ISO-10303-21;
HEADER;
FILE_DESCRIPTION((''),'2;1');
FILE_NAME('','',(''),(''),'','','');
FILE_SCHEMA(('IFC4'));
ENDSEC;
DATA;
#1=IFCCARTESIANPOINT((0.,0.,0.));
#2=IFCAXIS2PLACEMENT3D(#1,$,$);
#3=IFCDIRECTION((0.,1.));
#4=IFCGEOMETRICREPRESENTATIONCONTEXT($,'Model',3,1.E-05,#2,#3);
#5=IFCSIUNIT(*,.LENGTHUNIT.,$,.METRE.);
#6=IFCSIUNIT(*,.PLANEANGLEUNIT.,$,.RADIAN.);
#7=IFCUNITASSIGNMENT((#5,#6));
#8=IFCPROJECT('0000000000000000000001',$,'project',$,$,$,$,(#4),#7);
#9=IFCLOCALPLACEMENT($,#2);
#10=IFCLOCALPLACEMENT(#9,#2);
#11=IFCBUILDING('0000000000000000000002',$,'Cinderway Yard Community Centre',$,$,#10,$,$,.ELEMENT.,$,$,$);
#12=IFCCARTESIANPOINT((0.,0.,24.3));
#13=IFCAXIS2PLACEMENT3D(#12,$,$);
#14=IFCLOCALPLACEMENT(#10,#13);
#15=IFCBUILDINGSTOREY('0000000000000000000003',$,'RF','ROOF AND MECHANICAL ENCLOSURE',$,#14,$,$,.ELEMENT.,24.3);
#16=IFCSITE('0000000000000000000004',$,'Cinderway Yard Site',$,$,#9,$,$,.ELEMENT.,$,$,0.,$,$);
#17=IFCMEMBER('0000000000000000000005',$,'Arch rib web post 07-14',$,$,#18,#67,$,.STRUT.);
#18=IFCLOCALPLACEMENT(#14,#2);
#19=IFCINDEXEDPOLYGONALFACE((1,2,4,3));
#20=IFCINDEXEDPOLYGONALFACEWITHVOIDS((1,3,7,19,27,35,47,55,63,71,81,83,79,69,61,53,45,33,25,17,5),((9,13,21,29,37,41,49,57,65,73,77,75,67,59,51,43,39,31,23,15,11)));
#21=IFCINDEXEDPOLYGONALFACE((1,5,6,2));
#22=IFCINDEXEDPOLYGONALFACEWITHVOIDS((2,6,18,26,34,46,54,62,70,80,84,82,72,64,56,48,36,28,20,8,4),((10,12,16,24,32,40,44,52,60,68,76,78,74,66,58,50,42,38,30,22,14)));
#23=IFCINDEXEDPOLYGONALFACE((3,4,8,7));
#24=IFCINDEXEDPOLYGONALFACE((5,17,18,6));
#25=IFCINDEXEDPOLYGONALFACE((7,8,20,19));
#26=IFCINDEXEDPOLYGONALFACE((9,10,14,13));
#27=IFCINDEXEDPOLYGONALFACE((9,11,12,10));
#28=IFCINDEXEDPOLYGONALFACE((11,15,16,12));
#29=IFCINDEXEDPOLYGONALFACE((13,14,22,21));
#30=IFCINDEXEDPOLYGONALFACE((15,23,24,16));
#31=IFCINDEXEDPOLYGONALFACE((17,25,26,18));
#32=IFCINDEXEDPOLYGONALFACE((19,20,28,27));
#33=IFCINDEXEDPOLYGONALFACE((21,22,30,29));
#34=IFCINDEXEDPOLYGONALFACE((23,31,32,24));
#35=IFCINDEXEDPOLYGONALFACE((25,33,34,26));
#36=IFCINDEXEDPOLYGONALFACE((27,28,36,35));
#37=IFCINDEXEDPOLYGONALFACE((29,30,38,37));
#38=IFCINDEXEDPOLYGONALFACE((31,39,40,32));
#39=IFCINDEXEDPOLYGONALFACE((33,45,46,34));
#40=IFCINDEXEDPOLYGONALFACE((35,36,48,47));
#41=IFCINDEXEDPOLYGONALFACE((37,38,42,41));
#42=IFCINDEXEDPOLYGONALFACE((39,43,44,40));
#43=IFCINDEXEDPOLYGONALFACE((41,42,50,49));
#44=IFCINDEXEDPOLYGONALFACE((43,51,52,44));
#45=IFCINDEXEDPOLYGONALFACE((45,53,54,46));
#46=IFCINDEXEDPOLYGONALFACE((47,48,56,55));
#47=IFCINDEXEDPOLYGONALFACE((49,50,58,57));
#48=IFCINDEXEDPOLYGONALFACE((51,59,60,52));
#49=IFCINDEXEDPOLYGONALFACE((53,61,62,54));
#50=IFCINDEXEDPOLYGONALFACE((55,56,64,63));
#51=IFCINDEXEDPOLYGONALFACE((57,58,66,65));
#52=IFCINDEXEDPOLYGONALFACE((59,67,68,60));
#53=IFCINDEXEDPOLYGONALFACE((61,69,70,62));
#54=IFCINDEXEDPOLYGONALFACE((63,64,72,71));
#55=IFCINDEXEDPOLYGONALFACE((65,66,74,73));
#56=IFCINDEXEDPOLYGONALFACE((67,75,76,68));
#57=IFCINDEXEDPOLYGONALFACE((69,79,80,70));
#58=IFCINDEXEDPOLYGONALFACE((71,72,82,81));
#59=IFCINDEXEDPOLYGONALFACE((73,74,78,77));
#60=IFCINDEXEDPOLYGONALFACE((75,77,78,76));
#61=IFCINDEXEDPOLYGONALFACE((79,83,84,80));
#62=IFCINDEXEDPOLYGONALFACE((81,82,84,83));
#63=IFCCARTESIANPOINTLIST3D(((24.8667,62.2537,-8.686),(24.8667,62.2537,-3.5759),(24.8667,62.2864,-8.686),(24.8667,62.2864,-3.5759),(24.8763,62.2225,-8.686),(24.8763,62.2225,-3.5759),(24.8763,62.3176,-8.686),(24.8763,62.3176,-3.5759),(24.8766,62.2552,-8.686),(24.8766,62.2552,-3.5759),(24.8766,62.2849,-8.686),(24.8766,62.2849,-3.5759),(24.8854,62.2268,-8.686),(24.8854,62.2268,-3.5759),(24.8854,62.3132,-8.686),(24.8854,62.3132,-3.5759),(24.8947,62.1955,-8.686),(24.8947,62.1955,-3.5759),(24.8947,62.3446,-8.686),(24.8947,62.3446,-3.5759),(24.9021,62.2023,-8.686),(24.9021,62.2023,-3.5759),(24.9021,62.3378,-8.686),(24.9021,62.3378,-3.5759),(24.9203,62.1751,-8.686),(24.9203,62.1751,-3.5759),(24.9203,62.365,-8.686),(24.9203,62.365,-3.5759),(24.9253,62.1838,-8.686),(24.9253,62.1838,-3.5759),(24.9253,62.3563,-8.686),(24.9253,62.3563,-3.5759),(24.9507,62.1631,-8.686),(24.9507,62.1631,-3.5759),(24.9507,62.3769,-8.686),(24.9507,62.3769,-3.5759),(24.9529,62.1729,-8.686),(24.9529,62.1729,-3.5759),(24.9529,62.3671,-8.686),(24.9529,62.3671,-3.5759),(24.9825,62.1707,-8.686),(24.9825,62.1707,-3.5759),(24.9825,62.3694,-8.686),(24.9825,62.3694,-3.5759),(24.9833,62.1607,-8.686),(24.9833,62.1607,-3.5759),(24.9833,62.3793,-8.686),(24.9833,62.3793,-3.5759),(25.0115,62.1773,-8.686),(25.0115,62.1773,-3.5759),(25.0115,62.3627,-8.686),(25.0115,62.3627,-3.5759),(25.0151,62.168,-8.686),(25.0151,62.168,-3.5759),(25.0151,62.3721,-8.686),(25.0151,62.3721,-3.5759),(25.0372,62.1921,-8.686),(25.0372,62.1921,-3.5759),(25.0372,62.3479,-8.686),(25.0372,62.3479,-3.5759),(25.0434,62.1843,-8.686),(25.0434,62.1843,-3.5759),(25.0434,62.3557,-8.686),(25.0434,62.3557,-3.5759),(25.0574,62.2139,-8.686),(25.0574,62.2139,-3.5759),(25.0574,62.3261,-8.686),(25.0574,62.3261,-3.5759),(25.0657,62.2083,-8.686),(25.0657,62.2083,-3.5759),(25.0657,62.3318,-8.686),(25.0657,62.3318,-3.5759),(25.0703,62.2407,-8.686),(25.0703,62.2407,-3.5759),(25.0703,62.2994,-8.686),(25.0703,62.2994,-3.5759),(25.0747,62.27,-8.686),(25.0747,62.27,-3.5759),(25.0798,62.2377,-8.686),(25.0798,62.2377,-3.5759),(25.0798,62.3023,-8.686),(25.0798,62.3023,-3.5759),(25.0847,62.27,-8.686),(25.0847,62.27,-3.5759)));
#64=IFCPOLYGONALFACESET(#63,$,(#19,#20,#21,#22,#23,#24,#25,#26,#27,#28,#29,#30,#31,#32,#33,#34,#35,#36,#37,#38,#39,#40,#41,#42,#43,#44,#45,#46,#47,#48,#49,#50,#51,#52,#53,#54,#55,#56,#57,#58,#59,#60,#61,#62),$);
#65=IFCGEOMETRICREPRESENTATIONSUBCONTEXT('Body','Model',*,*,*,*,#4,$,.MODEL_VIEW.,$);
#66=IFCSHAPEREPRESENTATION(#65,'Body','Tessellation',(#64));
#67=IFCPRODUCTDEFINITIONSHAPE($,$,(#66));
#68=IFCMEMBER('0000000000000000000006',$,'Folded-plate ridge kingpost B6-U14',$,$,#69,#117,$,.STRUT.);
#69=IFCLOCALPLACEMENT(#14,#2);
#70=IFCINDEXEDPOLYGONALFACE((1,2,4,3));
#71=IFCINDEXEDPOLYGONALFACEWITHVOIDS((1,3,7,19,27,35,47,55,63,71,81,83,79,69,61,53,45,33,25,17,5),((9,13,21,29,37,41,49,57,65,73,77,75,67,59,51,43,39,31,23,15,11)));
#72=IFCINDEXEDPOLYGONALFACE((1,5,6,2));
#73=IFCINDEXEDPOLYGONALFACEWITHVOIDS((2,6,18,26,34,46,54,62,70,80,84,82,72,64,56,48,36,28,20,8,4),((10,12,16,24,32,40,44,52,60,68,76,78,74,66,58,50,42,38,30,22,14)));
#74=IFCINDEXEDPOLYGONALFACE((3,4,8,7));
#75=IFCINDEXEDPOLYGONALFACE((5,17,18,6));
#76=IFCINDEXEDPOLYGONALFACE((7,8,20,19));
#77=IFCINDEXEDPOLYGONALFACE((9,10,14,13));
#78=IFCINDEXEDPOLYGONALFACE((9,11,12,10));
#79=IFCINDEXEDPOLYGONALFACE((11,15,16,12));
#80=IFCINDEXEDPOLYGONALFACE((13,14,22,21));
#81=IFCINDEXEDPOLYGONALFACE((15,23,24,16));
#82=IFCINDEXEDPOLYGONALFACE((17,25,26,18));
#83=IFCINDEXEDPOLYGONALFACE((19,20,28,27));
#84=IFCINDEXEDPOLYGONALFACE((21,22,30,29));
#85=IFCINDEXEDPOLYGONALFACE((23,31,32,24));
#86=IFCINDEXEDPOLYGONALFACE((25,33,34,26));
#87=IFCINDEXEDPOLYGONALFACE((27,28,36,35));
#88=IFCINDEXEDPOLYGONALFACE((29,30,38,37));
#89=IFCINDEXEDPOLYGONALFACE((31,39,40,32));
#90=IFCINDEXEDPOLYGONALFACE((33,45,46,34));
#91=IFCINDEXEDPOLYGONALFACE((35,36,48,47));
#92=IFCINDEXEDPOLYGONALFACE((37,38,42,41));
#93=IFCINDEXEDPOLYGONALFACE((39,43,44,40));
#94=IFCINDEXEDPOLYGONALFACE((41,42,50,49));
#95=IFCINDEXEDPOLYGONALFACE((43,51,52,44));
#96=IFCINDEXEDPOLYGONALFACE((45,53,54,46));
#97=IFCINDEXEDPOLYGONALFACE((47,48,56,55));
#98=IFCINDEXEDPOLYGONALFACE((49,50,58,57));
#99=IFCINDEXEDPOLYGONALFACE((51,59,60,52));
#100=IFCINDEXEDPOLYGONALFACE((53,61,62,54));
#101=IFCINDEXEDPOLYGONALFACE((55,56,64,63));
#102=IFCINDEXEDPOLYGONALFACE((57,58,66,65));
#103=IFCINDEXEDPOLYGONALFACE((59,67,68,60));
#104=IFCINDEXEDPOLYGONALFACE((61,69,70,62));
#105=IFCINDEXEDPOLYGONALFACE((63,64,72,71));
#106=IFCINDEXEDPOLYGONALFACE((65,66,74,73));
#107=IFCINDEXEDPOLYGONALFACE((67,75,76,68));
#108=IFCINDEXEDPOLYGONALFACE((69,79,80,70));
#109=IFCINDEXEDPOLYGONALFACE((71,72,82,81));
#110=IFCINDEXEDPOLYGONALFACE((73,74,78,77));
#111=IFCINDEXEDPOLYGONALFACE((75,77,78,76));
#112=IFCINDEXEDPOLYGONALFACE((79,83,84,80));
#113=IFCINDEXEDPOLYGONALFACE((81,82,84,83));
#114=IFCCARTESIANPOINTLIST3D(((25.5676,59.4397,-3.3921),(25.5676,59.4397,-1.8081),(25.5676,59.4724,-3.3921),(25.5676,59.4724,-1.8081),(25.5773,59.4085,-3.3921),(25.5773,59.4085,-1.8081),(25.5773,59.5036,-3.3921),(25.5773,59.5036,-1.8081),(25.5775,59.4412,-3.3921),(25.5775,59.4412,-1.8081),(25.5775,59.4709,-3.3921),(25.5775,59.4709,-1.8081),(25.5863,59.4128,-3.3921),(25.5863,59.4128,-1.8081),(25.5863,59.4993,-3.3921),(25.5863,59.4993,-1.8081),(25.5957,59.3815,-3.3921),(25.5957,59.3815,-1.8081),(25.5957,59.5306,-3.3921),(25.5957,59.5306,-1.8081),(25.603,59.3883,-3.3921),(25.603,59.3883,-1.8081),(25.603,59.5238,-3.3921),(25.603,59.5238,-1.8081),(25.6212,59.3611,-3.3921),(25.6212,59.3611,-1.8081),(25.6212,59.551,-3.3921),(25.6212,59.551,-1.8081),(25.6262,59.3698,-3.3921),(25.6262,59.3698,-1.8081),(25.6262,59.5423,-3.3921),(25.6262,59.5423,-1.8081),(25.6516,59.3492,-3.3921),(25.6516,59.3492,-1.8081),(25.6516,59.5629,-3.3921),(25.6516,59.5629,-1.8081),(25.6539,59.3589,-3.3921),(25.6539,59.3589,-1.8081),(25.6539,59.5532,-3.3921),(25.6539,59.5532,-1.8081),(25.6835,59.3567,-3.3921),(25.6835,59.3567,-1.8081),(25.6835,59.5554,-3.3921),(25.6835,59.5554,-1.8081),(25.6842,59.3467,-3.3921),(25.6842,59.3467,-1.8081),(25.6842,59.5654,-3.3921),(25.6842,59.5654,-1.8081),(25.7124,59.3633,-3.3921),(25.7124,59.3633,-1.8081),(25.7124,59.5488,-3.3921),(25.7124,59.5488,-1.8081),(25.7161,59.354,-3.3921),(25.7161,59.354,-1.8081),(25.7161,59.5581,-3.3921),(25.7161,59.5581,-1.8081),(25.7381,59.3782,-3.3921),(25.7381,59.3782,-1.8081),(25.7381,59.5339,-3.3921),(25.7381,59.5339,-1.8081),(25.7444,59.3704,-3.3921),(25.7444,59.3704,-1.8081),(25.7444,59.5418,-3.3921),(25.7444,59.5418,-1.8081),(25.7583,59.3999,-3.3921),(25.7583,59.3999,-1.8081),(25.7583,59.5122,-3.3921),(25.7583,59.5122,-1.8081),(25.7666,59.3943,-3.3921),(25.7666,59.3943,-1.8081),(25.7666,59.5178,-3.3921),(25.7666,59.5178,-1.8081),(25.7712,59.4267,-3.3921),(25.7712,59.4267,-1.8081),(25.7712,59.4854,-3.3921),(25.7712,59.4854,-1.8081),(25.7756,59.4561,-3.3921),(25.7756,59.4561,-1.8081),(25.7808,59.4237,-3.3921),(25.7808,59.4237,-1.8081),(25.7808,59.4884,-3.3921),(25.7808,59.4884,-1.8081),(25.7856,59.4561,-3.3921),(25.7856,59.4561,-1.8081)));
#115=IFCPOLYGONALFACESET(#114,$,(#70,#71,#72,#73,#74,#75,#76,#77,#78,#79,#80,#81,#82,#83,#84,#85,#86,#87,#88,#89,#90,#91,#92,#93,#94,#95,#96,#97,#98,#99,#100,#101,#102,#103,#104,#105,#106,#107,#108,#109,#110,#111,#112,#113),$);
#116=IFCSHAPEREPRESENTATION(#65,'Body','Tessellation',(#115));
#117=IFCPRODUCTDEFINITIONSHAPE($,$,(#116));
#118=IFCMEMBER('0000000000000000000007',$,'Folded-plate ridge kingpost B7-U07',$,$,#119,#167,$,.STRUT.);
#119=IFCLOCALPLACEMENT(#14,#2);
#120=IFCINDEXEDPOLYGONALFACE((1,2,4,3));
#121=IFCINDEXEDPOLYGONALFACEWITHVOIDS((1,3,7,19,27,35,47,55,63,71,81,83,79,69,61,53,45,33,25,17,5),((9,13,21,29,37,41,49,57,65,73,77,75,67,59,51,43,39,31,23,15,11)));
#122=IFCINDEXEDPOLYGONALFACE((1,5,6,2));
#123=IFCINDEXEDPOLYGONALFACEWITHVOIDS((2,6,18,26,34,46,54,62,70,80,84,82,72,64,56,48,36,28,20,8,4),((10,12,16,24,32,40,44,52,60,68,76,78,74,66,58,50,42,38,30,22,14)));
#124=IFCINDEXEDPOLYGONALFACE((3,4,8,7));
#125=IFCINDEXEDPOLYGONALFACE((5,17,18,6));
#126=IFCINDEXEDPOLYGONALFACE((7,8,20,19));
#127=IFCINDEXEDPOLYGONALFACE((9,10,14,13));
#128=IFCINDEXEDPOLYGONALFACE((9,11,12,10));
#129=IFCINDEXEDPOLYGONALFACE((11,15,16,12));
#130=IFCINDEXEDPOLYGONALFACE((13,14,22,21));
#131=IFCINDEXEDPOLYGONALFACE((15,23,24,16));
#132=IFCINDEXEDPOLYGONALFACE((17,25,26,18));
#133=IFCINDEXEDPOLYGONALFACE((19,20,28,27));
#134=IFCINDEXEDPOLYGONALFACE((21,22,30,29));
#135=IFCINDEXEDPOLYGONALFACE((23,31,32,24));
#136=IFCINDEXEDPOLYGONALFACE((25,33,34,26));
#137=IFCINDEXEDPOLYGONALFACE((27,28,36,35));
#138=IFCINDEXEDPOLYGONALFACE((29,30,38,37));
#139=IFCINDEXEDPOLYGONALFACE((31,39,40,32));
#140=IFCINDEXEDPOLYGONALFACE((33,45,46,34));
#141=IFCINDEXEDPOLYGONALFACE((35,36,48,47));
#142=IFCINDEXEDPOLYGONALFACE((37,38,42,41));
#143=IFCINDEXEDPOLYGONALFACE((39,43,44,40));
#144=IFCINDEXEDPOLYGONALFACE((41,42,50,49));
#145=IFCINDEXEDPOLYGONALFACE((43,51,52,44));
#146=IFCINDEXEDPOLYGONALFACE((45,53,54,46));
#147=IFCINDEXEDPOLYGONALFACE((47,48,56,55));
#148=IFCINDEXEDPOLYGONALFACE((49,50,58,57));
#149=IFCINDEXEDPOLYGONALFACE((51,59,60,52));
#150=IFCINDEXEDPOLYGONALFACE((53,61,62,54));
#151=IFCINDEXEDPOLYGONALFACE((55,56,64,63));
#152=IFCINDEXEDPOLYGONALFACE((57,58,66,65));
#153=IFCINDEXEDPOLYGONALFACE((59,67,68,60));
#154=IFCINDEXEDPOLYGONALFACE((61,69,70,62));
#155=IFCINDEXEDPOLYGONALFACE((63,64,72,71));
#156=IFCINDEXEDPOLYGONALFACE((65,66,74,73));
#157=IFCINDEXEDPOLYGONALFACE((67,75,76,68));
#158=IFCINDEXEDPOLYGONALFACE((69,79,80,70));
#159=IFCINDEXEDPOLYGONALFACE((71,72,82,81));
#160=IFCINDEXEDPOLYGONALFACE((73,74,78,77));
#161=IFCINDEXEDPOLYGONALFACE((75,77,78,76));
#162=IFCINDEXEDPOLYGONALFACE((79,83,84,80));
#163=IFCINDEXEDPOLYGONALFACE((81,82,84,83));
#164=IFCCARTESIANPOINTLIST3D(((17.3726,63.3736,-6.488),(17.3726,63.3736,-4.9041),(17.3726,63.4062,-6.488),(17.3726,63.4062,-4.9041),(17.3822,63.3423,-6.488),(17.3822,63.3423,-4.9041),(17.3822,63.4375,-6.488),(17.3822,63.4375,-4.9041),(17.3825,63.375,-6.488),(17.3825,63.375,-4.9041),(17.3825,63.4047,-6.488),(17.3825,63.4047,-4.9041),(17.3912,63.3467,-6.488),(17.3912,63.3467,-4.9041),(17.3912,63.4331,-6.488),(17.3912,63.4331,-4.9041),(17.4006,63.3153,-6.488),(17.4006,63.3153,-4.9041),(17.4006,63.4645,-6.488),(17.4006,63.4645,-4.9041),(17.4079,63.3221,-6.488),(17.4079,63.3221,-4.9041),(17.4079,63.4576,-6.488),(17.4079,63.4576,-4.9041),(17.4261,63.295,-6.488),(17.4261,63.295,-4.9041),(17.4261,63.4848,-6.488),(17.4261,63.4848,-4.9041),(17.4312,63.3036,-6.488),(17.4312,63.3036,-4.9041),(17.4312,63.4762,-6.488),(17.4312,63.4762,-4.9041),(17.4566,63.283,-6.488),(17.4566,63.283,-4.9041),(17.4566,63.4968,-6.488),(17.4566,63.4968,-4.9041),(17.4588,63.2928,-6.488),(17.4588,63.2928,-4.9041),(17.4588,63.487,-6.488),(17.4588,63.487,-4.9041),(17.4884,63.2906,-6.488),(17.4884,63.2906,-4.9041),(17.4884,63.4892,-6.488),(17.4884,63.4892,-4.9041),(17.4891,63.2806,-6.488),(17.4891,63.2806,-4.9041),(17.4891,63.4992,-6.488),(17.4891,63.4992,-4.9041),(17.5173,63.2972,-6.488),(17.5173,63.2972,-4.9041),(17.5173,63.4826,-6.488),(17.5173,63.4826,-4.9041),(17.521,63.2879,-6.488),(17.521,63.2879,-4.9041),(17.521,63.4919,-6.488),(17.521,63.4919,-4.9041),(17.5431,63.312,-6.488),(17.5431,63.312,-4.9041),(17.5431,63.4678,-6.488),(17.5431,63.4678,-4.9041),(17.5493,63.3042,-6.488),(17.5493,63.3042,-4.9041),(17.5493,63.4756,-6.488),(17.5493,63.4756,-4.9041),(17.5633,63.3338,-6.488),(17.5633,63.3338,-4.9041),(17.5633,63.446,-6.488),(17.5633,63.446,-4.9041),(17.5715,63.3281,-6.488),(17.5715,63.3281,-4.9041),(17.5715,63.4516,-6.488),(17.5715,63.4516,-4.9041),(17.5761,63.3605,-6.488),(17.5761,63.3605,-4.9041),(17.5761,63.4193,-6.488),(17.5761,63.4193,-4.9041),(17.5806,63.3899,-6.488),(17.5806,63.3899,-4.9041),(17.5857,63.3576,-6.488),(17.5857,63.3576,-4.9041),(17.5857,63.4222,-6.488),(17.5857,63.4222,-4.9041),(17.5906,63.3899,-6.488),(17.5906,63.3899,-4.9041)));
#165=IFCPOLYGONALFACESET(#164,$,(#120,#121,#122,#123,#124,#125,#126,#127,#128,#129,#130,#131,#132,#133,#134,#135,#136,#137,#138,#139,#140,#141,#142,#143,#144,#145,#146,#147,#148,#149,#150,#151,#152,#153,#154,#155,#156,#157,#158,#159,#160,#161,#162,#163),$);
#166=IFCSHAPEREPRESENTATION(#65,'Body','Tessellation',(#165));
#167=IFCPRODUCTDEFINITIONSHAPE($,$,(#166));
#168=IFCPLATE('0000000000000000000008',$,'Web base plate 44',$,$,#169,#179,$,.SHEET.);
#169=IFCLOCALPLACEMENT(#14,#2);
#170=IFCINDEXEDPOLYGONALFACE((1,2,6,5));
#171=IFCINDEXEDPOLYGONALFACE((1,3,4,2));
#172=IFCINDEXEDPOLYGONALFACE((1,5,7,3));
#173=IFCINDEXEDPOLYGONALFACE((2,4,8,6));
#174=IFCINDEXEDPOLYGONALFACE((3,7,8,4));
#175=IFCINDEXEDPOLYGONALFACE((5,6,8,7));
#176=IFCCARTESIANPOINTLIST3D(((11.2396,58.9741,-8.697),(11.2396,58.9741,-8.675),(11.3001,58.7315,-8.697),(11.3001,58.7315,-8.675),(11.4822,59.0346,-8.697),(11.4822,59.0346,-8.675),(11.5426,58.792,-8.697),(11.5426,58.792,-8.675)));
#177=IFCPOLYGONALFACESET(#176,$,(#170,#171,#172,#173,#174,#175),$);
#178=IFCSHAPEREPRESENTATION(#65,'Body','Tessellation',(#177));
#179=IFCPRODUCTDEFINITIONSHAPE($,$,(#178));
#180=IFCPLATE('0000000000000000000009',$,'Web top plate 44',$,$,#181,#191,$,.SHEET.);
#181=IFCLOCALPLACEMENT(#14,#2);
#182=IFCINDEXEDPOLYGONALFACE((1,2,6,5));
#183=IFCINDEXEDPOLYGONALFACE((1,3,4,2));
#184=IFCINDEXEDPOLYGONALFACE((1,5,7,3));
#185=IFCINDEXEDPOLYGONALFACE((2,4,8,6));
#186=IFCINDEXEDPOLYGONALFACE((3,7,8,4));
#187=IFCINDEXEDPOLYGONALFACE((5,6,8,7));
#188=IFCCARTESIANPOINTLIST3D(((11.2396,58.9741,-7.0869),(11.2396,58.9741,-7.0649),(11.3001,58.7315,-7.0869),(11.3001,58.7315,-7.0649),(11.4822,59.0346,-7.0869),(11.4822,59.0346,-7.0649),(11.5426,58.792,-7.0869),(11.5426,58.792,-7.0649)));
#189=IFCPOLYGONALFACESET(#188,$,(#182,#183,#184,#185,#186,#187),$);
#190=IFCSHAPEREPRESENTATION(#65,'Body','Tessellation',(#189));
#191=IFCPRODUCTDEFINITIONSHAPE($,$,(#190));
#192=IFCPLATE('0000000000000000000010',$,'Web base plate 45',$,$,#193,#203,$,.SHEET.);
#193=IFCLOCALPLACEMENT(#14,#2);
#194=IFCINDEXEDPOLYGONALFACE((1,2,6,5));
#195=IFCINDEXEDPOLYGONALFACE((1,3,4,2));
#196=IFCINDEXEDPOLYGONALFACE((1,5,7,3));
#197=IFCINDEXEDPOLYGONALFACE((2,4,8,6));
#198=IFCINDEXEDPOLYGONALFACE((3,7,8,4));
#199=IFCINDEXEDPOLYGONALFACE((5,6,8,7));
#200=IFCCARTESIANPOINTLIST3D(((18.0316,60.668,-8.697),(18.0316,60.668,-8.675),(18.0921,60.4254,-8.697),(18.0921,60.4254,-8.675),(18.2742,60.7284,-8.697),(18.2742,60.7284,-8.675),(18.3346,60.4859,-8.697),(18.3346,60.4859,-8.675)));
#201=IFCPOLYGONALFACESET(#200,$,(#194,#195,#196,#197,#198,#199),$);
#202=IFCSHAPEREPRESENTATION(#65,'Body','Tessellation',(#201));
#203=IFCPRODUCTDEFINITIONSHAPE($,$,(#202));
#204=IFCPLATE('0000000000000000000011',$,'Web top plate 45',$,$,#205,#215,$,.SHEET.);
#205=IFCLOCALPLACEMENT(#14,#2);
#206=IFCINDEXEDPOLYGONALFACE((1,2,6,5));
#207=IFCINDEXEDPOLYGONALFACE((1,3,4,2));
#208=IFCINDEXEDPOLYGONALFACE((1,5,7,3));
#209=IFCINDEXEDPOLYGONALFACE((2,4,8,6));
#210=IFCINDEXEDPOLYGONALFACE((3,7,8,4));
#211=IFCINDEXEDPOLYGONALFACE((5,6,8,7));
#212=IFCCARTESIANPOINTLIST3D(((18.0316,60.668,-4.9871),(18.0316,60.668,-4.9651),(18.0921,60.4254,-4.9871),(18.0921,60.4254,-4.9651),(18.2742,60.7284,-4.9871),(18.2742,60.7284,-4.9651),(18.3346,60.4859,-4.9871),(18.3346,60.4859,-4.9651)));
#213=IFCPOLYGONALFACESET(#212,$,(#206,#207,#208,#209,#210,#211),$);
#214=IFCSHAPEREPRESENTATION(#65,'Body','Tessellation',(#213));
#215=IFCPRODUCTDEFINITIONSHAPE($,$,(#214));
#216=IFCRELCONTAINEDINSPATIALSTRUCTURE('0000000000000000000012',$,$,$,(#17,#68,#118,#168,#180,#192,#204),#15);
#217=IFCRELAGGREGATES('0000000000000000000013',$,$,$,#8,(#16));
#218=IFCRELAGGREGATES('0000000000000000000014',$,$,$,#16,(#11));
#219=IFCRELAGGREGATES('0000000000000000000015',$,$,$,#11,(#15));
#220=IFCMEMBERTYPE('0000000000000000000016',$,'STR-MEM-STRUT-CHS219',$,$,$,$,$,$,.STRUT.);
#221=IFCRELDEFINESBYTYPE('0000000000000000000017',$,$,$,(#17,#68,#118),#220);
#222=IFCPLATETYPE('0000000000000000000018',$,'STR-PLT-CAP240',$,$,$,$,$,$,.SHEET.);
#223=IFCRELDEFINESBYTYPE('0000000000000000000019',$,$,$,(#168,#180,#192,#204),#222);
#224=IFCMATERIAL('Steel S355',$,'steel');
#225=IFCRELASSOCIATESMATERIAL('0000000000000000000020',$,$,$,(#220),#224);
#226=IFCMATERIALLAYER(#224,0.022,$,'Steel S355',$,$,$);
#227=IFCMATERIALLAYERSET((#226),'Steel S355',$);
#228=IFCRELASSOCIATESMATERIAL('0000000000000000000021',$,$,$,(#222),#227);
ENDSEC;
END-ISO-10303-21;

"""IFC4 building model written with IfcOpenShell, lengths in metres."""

from ifc_helpers import new_model, si_unit, direction, frame, origin, origin_2d, place, context, subcontext, project, spatial, rectangle, hollow_circle, extrude, material, layer, layer_set, material_profile, profile_set, type_object, element, save


model = new_model("IFC4")

# Units and contexts
model_context = context("Model", 3, precision=1e-05, world=origin(), true_north=direction((0.0, 1.0)))
body_context = subcontext(model_context, "Body", "Model", "MODEL_VIEW")
ifc_project = project(units=[si_unit("LENGTHUNIT", "METRE"), si_unit("PLANEANGLEUNIT", "RADIAN")], contexts=[model_context])

# Site, building, storey
site_placement = place(None, origin())
site = spatial("IfcSite", under=ifc_project, at=site_placement, Name="Cinderway Yard Site", CompositionType="ELEMENT", RefElevation=0.0)
building_placement = place(site_placement, origin())
building = spatial("IfcBuilding", under=site, at=building_placement, Name="Cinderway Yard Community Centre", CompositionType="ELEMENT")
storey_placement = place(building_placement, frame((0.0, 0.0, 24.3)))
storey = spatial("IfcBuildingStorey", under=building, at=storey_placement, Name="RF", Description="ROOF AND MECHANICAL ENCLOSURE", CompositionType="ELEMENT", Elevation=24.3)

# Shared definitions
ifc_material_1 = material(Name="Steel S355", Category="steel")

# Members
ifc_material_profile_1 = material_profile(ifc_material_1, hollow_circle(Radius=0.1096, WallThickness=0.01, at=origin_2d()), Name="Steel S355")
ifc_profile_set_1 = profile_set([ifc_material_profile_1], Name="Steel S355")
member_type_1 = type_object("IfcMemberType", Name="STR-MEM-STRUT-CHS219", PredefinedType="STRUT", material=ifc_profile_set_1)
member_1_placement = place(storey_placement, frame((24.9751, 62.27, -8.686), z_axis=(0.0, 0.0, 1.0), x_axis=(1.0, 0.0, 0.0)))
element("IfcMember", 1, at=member_1_placement, inside=storey, type_object=member_type_1, Name="Arch rib web post 07-14", PredefinedType="STRUT", context=body_context, shape_type="SweptSolid", body=[
    extrude(hollow_circle(Radius=0.1096, WallThickness=0.01, at=origin_2d()), origin(), (0.0, 0.0, 1.0), 5.1101),
])
for number, where, z_axis, x_axis, name in (
    (2, (25.676, 59.4561, -3.3921), (0.0, 0.0, 1.0), (1.0, 0.0, 0.0), "Folded-plate ridge kingpost B6-U14"),
    (3, (17.481, 63.3899, -6.488), (0.0, 0.0, 1.0), (1.0, 0.0, 0.0), "Folded-plate ridge kingpost B7-U07"),
):
    element("IfcMember", number, at=place(storey_placement, frame(where, z_axis=z_axis, x_axis=x_axis)), inside=storey, type_object=member_type_1, Name=name, PredefinedType="STRUT", context=body_context, shape_type="SweptSolid", body=[
        extrude(hollow_circle(Radius=0.1096, WallThickness=0.01, at=origin_2d()), origin(), (0.0, 0.0, 1.0), 1.584),
    ])

# Plates
ifc_layer_1 = layer(ifc_material_1, 0.022, Name="Steel S355")
ifc_layer_set_1 = layer_set([ifc_layer_1], Name="Steel S355")
plate_type_1 = type_object("IfcPlateType", Name="STR-PLT-CAP240", PredefinedType="SHEET", material=ifc_layer_set_1)
for number, where, z_axis, x_axis, name in (
    (4, (11.3911, 58.8831, -8.697), (0.0, 0.0, 1.0), (0.970296, 0.241922, 0.0), "Web base plate 44"),
    (5, (11.3911, 58.8831, -7.0869), (0.0, 0.0, 1.0), (0.970296, 0.241922, 0.0), "Web top plate 44"),
    (6, (18.1831, 60.5769, -8.697), (0.0, 0.0, 1.0), (0.970296, 0.241922, 0.0), "Web base plate 45"),
    (7, (18.1831, 60.5769, -4.9871), (0.0, 0.0, 1.0), (0.970296, 0.241922, 0.0), "Web top plate 45"),
):
    element("IfcPlate", number, at=place(storey_placement, frame(where, z_axis=z_axis, x_axis=x_axis)), inside=storey, type_object=plate_type_1, Name=name, PredefinedType="SHEET", context=body_context, shape_type="SweptSolid", body=[
        extrude(rectangle(XDim=0.25, YDim=0.25, at=origin_2d()), origin(), (0.0, 0.0, 1.0), 0.022),
    ])

save(model, "model.ifc")
